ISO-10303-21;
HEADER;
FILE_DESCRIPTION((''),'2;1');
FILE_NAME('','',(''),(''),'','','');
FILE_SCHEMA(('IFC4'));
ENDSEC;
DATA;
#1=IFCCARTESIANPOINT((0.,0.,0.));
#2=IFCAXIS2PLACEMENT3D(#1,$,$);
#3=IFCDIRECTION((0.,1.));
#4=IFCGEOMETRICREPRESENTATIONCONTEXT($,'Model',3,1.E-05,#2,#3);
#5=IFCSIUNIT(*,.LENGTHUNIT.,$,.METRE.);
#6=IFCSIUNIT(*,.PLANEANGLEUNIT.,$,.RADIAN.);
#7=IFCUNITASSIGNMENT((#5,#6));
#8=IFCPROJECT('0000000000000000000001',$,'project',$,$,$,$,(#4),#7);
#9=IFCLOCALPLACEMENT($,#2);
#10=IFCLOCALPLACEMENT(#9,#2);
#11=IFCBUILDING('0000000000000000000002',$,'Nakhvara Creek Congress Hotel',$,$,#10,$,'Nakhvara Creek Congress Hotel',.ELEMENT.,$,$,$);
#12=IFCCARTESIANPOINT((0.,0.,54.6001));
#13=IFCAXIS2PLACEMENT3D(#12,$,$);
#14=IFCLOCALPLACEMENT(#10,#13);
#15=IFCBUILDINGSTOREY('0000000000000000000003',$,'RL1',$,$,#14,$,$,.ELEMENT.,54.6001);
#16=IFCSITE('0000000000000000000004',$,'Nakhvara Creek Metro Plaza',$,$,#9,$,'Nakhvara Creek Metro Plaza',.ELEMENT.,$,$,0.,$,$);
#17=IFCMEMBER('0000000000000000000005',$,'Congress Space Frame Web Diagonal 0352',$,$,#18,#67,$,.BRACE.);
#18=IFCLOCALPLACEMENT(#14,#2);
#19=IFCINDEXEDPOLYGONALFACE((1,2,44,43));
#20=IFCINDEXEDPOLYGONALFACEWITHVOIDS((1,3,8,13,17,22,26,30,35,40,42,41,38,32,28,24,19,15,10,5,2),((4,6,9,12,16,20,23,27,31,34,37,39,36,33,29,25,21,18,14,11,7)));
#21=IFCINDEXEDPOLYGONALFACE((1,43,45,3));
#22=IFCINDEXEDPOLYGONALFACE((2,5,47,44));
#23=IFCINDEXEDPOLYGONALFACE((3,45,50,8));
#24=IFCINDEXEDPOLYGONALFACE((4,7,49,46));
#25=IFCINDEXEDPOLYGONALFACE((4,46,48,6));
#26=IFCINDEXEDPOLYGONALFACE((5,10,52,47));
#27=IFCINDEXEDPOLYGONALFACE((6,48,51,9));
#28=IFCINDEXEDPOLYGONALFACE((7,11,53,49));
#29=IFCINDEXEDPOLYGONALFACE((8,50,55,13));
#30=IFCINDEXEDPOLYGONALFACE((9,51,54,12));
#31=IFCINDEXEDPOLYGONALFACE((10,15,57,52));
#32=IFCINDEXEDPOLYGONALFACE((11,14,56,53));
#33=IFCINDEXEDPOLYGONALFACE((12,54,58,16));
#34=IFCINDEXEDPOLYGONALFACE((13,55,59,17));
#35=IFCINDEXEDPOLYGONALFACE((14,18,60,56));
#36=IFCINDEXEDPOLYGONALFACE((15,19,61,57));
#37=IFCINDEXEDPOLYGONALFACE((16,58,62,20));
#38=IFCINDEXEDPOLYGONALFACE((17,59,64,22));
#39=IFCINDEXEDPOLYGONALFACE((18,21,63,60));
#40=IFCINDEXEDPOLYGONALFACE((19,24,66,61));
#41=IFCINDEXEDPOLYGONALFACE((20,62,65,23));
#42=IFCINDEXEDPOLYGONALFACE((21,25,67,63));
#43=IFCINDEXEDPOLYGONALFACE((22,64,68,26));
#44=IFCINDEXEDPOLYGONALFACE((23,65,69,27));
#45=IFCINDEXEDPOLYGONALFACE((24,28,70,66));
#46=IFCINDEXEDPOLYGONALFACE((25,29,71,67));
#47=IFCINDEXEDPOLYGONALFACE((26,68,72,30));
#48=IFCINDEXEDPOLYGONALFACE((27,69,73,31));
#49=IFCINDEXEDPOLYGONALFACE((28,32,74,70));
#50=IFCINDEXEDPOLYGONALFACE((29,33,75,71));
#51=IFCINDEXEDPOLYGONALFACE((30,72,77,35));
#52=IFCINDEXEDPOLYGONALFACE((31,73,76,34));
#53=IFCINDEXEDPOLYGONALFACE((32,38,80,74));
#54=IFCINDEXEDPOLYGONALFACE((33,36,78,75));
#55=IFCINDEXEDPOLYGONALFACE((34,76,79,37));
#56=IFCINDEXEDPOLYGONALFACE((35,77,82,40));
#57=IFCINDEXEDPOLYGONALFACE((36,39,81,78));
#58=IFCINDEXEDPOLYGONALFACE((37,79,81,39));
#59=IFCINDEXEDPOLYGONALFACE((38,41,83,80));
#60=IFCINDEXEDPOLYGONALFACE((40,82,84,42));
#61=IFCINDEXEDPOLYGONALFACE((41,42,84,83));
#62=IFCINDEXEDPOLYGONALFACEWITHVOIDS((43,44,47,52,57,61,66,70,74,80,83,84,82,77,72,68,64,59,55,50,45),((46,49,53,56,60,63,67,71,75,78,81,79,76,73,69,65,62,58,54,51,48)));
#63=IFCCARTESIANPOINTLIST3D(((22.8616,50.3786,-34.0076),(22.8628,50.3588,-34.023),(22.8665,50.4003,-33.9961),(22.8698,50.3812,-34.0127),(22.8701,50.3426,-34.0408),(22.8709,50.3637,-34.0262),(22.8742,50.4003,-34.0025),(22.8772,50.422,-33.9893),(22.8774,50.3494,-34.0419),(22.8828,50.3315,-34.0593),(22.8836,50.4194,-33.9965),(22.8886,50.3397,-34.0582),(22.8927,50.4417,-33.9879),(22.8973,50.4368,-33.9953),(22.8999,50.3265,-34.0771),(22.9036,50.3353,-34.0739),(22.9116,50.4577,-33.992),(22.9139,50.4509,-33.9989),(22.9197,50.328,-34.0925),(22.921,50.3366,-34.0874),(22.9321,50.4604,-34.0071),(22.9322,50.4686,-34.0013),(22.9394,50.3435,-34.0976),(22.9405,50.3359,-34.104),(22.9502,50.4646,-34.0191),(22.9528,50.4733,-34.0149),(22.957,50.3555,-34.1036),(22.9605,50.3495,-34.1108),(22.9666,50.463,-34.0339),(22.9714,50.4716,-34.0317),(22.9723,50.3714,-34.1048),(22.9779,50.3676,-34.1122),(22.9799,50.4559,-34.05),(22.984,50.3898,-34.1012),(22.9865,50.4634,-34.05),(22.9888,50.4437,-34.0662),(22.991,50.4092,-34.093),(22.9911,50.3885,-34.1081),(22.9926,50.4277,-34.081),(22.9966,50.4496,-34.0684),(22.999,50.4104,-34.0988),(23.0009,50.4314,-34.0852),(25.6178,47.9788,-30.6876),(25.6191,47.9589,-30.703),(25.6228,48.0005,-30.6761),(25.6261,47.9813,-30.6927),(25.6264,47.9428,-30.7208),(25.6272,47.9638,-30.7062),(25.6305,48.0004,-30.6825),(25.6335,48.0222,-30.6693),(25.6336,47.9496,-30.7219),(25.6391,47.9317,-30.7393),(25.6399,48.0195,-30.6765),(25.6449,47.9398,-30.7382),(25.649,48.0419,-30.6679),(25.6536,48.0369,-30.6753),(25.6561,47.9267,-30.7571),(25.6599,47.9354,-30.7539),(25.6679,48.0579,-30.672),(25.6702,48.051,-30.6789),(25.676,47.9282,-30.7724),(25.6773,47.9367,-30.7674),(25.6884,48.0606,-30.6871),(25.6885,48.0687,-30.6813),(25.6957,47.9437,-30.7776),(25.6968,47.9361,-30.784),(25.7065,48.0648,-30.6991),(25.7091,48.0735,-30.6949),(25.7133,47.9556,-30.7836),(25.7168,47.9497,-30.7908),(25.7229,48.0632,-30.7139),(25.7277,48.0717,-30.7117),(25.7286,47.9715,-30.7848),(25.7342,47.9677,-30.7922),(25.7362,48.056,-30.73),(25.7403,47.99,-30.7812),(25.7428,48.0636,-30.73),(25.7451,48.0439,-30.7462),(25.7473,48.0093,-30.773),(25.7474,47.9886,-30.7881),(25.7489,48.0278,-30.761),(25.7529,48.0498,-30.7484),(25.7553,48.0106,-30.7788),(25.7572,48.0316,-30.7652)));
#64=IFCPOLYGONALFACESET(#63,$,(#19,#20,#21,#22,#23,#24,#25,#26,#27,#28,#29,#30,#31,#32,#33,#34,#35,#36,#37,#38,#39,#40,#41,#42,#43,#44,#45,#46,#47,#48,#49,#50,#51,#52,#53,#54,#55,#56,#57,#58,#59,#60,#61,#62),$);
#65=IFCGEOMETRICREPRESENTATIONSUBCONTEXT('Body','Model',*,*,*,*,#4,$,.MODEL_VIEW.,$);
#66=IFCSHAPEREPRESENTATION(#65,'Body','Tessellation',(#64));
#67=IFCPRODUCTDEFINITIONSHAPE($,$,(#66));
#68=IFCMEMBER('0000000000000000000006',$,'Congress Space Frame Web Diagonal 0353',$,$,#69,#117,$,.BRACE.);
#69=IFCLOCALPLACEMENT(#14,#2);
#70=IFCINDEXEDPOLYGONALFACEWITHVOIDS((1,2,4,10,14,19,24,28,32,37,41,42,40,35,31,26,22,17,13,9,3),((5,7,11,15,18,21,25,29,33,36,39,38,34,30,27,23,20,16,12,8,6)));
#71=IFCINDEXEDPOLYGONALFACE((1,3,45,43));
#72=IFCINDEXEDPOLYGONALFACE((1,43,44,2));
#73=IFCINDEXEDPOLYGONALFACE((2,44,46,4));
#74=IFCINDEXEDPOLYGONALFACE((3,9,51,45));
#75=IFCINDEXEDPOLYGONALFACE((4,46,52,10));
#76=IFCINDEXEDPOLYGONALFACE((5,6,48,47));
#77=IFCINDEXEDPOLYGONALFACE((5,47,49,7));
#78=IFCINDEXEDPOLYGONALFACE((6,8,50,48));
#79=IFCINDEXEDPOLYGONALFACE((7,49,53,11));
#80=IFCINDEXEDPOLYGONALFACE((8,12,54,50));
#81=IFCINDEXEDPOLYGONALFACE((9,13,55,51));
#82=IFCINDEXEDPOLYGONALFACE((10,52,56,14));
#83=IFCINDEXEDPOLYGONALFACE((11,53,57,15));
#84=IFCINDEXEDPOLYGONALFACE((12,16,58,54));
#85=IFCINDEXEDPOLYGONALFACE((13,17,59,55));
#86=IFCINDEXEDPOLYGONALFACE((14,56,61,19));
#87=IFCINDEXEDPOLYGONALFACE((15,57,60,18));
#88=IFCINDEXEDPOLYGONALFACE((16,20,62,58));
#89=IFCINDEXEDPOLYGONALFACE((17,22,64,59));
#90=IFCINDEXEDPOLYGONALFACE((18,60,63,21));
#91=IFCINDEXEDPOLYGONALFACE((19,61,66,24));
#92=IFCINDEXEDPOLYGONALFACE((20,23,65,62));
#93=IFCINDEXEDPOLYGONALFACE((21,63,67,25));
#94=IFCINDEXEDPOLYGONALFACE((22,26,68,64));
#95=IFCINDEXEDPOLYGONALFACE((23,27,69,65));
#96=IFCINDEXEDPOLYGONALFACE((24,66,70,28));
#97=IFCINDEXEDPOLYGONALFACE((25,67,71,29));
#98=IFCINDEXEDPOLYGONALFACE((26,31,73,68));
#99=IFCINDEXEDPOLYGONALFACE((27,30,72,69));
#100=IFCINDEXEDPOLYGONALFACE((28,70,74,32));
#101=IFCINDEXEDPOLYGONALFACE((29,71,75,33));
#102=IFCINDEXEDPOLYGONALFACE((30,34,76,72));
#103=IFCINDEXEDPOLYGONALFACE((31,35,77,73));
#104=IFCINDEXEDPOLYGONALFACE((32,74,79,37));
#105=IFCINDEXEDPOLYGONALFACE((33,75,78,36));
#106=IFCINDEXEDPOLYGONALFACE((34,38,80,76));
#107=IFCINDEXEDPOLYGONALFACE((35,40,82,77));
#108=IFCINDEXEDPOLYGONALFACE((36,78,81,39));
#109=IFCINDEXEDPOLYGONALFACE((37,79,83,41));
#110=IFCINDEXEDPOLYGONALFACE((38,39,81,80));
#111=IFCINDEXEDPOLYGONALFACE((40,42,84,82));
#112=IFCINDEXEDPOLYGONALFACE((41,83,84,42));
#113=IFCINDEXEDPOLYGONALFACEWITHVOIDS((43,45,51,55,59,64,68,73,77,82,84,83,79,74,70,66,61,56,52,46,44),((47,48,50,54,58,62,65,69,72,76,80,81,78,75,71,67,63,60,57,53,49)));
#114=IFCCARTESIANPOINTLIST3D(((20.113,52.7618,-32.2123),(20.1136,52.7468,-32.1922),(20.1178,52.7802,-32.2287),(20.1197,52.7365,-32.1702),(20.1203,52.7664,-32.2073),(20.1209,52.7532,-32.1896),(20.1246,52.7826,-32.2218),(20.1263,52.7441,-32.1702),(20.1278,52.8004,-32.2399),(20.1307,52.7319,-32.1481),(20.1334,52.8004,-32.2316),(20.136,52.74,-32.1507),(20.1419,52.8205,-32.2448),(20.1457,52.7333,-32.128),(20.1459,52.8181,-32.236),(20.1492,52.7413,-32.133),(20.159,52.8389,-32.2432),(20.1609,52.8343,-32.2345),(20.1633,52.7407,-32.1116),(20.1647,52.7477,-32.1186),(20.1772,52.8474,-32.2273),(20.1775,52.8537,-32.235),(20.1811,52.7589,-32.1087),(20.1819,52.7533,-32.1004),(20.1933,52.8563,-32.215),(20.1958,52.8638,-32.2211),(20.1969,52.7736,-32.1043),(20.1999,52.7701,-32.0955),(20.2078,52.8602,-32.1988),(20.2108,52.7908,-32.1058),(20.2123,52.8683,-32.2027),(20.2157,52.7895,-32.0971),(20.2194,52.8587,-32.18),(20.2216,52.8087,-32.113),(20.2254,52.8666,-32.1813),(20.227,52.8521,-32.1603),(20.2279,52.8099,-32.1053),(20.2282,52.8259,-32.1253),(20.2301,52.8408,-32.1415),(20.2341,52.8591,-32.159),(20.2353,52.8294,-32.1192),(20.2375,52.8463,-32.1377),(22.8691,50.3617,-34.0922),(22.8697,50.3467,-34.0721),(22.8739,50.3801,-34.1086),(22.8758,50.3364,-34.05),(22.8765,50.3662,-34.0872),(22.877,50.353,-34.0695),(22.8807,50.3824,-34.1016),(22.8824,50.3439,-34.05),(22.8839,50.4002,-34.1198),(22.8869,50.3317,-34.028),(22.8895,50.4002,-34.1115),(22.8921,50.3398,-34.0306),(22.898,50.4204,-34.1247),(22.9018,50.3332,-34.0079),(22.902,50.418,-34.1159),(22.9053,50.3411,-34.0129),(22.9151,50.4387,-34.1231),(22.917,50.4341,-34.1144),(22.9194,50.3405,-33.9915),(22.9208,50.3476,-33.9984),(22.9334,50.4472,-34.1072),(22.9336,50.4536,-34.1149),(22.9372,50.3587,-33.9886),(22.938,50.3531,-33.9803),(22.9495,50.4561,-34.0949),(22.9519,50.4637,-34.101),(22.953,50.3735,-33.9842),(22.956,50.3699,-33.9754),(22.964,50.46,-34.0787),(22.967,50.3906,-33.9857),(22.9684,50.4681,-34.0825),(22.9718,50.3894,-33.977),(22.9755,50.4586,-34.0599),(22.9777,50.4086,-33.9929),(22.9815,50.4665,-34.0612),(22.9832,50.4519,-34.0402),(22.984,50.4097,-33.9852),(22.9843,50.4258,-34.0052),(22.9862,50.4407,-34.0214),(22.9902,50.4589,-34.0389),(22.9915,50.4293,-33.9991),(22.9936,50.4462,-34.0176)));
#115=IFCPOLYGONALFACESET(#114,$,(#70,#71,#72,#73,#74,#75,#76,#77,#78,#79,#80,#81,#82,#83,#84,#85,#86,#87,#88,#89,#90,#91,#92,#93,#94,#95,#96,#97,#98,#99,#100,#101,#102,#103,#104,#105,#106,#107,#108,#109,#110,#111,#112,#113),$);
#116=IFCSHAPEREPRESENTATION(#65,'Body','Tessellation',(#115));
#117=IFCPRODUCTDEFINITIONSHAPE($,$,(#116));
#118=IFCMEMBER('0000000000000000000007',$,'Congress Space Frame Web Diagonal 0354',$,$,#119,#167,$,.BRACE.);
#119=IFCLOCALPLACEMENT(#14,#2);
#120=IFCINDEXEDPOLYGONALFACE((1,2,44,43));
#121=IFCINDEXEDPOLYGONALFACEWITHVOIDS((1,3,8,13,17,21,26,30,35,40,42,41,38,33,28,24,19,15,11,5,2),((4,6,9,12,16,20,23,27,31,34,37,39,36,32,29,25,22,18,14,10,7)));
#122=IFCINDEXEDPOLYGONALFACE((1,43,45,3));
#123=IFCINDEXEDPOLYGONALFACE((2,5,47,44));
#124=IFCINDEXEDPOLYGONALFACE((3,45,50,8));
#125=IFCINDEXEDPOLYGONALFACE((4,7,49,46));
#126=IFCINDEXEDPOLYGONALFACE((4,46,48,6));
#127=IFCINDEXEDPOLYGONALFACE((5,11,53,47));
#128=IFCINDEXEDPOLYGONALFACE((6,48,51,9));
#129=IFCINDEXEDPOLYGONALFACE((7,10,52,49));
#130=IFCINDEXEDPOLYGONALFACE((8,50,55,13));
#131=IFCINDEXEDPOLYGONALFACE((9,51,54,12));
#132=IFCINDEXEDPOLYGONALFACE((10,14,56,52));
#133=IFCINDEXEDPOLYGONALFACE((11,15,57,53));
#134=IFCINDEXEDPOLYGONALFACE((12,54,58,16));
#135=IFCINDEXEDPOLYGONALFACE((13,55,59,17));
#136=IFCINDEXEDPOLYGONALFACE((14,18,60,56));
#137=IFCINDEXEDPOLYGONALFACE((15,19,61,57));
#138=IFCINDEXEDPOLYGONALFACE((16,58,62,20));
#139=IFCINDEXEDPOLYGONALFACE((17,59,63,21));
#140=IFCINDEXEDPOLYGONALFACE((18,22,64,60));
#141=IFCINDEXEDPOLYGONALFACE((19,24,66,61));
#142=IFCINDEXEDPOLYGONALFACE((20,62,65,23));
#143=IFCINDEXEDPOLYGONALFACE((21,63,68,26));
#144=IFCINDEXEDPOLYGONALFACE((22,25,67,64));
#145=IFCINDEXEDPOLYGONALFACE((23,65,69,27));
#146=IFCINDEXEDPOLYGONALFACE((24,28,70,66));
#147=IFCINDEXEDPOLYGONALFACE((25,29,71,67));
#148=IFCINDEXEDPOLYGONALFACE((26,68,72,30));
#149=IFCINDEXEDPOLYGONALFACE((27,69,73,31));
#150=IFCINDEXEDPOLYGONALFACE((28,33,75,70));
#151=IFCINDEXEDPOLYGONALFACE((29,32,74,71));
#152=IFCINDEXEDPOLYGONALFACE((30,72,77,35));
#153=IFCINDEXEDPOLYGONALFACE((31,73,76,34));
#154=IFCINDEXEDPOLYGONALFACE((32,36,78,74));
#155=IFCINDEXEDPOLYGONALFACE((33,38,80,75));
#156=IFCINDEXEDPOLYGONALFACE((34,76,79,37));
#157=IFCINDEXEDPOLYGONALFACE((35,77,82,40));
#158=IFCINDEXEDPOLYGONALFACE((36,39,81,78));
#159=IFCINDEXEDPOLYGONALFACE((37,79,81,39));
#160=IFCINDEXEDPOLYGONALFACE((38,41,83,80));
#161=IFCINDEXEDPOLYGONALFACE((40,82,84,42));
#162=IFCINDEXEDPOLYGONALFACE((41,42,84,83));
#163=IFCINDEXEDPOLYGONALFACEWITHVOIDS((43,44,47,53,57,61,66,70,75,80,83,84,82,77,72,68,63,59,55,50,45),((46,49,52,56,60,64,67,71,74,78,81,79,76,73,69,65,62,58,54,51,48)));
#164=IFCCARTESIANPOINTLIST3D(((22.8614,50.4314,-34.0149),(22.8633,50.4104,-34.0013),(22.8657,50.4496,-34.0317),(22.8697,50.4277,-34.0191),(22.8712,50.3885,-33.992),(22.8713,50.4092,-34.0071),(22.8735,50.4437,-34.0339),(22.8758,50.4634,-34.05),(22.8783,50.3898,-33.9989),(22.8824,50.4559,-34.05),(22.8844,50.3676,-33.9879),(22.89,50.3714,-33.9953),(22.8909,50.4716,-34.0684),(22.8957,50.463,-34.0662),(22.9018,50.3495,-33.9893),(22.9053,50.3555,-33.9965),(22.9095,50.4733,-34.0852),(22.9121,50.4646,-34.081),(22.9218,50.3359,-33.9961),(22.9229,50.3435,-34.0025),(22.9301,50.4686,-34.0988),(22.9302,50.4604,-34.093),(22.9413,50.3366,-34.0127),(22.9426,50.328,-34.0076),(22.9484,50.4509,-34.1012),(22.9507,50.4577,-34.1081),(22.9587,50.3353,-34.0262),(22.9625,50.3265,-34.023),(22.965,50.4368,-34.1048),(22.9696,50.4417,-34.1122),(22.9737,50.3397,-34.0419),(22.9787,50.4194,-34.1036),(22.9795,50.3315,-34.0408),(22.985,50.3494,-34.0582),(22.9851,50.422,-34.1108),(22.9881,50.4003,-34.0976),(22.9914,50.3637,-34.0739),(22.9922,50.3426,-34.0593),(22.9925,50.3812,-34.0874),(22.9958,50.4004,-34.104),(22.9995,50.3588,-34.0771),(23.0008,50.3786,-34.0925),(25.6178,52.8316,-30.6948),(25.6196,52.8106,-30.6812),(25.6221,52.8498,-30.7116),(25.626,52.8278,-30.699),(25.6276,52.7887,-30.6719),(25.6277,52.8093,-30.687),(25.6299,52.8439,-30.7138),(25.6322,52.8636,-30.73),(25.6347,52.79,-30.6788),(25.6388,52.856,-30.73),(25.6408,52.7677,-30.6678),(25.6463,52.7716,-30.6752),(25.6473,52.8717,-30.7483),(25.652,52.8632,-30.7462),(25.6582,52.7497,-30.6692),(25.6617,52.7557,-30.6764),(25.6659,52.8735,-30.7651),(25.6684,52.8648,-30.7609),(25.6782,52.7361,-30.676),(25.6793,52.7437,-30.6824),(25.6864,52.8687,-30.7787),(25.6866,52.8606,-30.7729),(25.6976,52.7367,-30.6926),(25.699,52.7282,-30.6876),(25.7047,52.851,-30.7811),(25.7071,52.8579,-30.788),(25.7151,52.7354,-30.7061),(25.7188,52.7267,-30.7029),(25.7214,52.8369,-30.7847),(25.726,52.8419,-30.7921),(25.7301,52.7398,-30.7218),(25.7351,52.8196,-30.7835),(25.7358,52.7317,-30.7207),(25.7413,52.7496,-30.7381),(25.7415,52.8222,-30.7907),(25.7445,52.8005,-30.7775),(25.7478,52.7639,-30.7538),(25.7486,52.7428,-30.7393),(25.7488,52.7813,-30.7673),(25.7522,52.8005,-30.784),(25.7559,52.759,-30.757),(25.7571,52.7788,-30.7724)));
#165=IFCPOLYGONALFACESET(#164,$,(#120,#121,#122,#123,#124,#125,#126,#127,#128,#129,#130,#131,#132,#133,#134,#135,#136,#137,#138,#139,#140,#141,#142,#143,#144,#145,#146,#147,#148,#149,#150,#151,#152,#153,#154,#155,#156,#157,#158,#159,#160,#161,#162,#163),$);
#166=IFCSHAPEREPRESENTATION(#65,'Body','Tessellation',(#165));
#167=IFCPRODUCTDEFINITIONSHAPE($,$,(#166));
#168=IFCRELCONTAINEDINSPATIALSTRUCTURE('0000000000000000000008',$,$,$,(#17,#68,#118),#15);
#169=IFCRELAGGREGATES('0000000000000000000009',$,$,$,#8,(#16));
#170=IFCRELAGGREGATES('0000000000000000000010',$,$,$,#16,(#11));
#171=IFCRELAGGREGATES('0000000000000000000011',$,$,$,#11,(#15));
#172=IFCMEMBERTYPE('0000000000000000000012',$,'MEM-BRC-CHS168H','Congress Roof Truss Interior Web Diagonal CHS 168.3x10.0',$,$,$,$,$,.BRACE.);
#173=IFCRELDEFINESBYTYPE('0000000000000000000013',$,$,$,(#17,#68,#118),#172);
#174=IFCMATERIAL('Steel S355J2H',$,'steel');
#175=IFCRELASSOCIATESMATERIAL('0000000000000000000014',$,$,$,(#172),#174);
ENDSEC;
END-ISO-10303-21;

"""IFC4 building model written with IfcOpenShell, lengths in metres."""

from ifc_helpers import new_model, si_unit, direction, frame, origin, origin_2d, place, context, subcontext, project, spatial, hollow_circle, extrude, material, material_profile, profile_set, type_object, element, save


model = new_model("IFC4")

# Units and contexts
model_context = context("Model", 3, precision=1e-05, world=origin(), true_north=direction((0.0, 1.0)))
body_context = subcontext(model_context, "Body", "Model", "MODEL_VIEW")
ifc_project = project(units=[si_unit("LENGTHUNIT", "METRE"), si_unit("PLANEANGLEUNIT", "RADIAN")], contexts=[model_context])

# Site, building, storey
site_placement = place(None, origin())
site = spatial("IfcSite", under=ifc_project, at=site_placement, Name="Nakhvara Creek Metro Plaza", LongName="Nakhvara Creek Metro Plaza", CompositionType="ELEMENT", RefElevation=0.0)
building_placement = place(site_placement, origin())
building = spatial("IfcBuilding", under=site, at=building_placement, Name="Nakhvara Creek Congress Hotel", LongName="Nakhvara Creek Congress Hotel", CompositionType="ELEMENT")
storey_placement = place(building_placement, frame((0.0, 0.0, 54.6001)))
storey = spatial("IfcBuildingStorey", under=building, at=storey_placement, Name="RL1", CompositionType="ELEMENT", Elevation=54.6001)

# Members
ifc_material_1 = material(Name="Steel S355J2H", Category="steel")
ifc_material_profile_1 = material_profile(ifc_material_1, hollow_circle(Radius=0.0842, WallThickness=0.01, at=origin_2d()), Name="CHS 168.3x10.0", Category="LoadBearing")
ifc_profile_set_1 = profile_set([ifc_material_profile_1], Name="Steel S355J2H")
member_type_1 = type_object("IfcMemberType", Name="MEM-BRC-CHS168H", Description="Congress Roof Truss Interior Web Diagonal CHS 168.3x10.0", PredefinedType="BRACE", material=ifc_profile_set_1)
member_1_placement = place(storey_placement, frame((22.9312, 50.3999, -34.05), z_axis=(0.558237, -0.486047, 0.672406), x_axis=(0.656658, 0.754188, 0.0)))
element("IfcMember", 1, at=member_1_placement, inside=storey, type_object=member_type_1, Name="Congress Space Frame Web Diagonal 0352", PredefinedType="BRACE", context=body_context, shape_type="SweptSolid", body=[
    extrude(hollow_circle(Radius=0.0842, WallThickness=0.01, at=origin_2d()), origin(), (0.0, 0.0, 1.0), 4.9375),
])
member_2_placement = place(storey_placement, frame((22.9312, 50.3999, -34.05), z_axis=(-0.670611, 0.584, 0.45741), x_axis=(-0.656729, -0.754126, 0.0)))
element("IfcMember", 2, at=member_2_placement, inside=storey, type_object=member_type_1, Name="Congress Space Frame Web Diagonal 0353", PredefinedType="BRACE", context=body_context, shape_type="SweptSolid", body=[
    extrude(hollow_circle(Radius=0.0842, WallThickness=0.01, at=origin_2d()), origin(), (0.0, 0.0, 1.0), 4.1099),
])
member_3_placement = place(storey_placement, frame((22.9312, 50.3999, -34.05), z_axis=(0.558224, 0.486085, 0.67239), x_axis=(-0.656696, 0.754155, 0.0)))
element("IfcMember", 3, at=member_3_placement, inside=storey, type_object=member_type_1, Name="Congress Space Frame Web Diagonal 0354", PredefinedType="BRACE", context=body_context, shape_type="SweptSolid", body=[
    extrude(hollow_circle(Radius=0.0842, WallThickness=0.01, at=origin_2d()), origin(), (0.0, 0.0, 1.0), 4.9377),
])

save(model, "model.ifc")
